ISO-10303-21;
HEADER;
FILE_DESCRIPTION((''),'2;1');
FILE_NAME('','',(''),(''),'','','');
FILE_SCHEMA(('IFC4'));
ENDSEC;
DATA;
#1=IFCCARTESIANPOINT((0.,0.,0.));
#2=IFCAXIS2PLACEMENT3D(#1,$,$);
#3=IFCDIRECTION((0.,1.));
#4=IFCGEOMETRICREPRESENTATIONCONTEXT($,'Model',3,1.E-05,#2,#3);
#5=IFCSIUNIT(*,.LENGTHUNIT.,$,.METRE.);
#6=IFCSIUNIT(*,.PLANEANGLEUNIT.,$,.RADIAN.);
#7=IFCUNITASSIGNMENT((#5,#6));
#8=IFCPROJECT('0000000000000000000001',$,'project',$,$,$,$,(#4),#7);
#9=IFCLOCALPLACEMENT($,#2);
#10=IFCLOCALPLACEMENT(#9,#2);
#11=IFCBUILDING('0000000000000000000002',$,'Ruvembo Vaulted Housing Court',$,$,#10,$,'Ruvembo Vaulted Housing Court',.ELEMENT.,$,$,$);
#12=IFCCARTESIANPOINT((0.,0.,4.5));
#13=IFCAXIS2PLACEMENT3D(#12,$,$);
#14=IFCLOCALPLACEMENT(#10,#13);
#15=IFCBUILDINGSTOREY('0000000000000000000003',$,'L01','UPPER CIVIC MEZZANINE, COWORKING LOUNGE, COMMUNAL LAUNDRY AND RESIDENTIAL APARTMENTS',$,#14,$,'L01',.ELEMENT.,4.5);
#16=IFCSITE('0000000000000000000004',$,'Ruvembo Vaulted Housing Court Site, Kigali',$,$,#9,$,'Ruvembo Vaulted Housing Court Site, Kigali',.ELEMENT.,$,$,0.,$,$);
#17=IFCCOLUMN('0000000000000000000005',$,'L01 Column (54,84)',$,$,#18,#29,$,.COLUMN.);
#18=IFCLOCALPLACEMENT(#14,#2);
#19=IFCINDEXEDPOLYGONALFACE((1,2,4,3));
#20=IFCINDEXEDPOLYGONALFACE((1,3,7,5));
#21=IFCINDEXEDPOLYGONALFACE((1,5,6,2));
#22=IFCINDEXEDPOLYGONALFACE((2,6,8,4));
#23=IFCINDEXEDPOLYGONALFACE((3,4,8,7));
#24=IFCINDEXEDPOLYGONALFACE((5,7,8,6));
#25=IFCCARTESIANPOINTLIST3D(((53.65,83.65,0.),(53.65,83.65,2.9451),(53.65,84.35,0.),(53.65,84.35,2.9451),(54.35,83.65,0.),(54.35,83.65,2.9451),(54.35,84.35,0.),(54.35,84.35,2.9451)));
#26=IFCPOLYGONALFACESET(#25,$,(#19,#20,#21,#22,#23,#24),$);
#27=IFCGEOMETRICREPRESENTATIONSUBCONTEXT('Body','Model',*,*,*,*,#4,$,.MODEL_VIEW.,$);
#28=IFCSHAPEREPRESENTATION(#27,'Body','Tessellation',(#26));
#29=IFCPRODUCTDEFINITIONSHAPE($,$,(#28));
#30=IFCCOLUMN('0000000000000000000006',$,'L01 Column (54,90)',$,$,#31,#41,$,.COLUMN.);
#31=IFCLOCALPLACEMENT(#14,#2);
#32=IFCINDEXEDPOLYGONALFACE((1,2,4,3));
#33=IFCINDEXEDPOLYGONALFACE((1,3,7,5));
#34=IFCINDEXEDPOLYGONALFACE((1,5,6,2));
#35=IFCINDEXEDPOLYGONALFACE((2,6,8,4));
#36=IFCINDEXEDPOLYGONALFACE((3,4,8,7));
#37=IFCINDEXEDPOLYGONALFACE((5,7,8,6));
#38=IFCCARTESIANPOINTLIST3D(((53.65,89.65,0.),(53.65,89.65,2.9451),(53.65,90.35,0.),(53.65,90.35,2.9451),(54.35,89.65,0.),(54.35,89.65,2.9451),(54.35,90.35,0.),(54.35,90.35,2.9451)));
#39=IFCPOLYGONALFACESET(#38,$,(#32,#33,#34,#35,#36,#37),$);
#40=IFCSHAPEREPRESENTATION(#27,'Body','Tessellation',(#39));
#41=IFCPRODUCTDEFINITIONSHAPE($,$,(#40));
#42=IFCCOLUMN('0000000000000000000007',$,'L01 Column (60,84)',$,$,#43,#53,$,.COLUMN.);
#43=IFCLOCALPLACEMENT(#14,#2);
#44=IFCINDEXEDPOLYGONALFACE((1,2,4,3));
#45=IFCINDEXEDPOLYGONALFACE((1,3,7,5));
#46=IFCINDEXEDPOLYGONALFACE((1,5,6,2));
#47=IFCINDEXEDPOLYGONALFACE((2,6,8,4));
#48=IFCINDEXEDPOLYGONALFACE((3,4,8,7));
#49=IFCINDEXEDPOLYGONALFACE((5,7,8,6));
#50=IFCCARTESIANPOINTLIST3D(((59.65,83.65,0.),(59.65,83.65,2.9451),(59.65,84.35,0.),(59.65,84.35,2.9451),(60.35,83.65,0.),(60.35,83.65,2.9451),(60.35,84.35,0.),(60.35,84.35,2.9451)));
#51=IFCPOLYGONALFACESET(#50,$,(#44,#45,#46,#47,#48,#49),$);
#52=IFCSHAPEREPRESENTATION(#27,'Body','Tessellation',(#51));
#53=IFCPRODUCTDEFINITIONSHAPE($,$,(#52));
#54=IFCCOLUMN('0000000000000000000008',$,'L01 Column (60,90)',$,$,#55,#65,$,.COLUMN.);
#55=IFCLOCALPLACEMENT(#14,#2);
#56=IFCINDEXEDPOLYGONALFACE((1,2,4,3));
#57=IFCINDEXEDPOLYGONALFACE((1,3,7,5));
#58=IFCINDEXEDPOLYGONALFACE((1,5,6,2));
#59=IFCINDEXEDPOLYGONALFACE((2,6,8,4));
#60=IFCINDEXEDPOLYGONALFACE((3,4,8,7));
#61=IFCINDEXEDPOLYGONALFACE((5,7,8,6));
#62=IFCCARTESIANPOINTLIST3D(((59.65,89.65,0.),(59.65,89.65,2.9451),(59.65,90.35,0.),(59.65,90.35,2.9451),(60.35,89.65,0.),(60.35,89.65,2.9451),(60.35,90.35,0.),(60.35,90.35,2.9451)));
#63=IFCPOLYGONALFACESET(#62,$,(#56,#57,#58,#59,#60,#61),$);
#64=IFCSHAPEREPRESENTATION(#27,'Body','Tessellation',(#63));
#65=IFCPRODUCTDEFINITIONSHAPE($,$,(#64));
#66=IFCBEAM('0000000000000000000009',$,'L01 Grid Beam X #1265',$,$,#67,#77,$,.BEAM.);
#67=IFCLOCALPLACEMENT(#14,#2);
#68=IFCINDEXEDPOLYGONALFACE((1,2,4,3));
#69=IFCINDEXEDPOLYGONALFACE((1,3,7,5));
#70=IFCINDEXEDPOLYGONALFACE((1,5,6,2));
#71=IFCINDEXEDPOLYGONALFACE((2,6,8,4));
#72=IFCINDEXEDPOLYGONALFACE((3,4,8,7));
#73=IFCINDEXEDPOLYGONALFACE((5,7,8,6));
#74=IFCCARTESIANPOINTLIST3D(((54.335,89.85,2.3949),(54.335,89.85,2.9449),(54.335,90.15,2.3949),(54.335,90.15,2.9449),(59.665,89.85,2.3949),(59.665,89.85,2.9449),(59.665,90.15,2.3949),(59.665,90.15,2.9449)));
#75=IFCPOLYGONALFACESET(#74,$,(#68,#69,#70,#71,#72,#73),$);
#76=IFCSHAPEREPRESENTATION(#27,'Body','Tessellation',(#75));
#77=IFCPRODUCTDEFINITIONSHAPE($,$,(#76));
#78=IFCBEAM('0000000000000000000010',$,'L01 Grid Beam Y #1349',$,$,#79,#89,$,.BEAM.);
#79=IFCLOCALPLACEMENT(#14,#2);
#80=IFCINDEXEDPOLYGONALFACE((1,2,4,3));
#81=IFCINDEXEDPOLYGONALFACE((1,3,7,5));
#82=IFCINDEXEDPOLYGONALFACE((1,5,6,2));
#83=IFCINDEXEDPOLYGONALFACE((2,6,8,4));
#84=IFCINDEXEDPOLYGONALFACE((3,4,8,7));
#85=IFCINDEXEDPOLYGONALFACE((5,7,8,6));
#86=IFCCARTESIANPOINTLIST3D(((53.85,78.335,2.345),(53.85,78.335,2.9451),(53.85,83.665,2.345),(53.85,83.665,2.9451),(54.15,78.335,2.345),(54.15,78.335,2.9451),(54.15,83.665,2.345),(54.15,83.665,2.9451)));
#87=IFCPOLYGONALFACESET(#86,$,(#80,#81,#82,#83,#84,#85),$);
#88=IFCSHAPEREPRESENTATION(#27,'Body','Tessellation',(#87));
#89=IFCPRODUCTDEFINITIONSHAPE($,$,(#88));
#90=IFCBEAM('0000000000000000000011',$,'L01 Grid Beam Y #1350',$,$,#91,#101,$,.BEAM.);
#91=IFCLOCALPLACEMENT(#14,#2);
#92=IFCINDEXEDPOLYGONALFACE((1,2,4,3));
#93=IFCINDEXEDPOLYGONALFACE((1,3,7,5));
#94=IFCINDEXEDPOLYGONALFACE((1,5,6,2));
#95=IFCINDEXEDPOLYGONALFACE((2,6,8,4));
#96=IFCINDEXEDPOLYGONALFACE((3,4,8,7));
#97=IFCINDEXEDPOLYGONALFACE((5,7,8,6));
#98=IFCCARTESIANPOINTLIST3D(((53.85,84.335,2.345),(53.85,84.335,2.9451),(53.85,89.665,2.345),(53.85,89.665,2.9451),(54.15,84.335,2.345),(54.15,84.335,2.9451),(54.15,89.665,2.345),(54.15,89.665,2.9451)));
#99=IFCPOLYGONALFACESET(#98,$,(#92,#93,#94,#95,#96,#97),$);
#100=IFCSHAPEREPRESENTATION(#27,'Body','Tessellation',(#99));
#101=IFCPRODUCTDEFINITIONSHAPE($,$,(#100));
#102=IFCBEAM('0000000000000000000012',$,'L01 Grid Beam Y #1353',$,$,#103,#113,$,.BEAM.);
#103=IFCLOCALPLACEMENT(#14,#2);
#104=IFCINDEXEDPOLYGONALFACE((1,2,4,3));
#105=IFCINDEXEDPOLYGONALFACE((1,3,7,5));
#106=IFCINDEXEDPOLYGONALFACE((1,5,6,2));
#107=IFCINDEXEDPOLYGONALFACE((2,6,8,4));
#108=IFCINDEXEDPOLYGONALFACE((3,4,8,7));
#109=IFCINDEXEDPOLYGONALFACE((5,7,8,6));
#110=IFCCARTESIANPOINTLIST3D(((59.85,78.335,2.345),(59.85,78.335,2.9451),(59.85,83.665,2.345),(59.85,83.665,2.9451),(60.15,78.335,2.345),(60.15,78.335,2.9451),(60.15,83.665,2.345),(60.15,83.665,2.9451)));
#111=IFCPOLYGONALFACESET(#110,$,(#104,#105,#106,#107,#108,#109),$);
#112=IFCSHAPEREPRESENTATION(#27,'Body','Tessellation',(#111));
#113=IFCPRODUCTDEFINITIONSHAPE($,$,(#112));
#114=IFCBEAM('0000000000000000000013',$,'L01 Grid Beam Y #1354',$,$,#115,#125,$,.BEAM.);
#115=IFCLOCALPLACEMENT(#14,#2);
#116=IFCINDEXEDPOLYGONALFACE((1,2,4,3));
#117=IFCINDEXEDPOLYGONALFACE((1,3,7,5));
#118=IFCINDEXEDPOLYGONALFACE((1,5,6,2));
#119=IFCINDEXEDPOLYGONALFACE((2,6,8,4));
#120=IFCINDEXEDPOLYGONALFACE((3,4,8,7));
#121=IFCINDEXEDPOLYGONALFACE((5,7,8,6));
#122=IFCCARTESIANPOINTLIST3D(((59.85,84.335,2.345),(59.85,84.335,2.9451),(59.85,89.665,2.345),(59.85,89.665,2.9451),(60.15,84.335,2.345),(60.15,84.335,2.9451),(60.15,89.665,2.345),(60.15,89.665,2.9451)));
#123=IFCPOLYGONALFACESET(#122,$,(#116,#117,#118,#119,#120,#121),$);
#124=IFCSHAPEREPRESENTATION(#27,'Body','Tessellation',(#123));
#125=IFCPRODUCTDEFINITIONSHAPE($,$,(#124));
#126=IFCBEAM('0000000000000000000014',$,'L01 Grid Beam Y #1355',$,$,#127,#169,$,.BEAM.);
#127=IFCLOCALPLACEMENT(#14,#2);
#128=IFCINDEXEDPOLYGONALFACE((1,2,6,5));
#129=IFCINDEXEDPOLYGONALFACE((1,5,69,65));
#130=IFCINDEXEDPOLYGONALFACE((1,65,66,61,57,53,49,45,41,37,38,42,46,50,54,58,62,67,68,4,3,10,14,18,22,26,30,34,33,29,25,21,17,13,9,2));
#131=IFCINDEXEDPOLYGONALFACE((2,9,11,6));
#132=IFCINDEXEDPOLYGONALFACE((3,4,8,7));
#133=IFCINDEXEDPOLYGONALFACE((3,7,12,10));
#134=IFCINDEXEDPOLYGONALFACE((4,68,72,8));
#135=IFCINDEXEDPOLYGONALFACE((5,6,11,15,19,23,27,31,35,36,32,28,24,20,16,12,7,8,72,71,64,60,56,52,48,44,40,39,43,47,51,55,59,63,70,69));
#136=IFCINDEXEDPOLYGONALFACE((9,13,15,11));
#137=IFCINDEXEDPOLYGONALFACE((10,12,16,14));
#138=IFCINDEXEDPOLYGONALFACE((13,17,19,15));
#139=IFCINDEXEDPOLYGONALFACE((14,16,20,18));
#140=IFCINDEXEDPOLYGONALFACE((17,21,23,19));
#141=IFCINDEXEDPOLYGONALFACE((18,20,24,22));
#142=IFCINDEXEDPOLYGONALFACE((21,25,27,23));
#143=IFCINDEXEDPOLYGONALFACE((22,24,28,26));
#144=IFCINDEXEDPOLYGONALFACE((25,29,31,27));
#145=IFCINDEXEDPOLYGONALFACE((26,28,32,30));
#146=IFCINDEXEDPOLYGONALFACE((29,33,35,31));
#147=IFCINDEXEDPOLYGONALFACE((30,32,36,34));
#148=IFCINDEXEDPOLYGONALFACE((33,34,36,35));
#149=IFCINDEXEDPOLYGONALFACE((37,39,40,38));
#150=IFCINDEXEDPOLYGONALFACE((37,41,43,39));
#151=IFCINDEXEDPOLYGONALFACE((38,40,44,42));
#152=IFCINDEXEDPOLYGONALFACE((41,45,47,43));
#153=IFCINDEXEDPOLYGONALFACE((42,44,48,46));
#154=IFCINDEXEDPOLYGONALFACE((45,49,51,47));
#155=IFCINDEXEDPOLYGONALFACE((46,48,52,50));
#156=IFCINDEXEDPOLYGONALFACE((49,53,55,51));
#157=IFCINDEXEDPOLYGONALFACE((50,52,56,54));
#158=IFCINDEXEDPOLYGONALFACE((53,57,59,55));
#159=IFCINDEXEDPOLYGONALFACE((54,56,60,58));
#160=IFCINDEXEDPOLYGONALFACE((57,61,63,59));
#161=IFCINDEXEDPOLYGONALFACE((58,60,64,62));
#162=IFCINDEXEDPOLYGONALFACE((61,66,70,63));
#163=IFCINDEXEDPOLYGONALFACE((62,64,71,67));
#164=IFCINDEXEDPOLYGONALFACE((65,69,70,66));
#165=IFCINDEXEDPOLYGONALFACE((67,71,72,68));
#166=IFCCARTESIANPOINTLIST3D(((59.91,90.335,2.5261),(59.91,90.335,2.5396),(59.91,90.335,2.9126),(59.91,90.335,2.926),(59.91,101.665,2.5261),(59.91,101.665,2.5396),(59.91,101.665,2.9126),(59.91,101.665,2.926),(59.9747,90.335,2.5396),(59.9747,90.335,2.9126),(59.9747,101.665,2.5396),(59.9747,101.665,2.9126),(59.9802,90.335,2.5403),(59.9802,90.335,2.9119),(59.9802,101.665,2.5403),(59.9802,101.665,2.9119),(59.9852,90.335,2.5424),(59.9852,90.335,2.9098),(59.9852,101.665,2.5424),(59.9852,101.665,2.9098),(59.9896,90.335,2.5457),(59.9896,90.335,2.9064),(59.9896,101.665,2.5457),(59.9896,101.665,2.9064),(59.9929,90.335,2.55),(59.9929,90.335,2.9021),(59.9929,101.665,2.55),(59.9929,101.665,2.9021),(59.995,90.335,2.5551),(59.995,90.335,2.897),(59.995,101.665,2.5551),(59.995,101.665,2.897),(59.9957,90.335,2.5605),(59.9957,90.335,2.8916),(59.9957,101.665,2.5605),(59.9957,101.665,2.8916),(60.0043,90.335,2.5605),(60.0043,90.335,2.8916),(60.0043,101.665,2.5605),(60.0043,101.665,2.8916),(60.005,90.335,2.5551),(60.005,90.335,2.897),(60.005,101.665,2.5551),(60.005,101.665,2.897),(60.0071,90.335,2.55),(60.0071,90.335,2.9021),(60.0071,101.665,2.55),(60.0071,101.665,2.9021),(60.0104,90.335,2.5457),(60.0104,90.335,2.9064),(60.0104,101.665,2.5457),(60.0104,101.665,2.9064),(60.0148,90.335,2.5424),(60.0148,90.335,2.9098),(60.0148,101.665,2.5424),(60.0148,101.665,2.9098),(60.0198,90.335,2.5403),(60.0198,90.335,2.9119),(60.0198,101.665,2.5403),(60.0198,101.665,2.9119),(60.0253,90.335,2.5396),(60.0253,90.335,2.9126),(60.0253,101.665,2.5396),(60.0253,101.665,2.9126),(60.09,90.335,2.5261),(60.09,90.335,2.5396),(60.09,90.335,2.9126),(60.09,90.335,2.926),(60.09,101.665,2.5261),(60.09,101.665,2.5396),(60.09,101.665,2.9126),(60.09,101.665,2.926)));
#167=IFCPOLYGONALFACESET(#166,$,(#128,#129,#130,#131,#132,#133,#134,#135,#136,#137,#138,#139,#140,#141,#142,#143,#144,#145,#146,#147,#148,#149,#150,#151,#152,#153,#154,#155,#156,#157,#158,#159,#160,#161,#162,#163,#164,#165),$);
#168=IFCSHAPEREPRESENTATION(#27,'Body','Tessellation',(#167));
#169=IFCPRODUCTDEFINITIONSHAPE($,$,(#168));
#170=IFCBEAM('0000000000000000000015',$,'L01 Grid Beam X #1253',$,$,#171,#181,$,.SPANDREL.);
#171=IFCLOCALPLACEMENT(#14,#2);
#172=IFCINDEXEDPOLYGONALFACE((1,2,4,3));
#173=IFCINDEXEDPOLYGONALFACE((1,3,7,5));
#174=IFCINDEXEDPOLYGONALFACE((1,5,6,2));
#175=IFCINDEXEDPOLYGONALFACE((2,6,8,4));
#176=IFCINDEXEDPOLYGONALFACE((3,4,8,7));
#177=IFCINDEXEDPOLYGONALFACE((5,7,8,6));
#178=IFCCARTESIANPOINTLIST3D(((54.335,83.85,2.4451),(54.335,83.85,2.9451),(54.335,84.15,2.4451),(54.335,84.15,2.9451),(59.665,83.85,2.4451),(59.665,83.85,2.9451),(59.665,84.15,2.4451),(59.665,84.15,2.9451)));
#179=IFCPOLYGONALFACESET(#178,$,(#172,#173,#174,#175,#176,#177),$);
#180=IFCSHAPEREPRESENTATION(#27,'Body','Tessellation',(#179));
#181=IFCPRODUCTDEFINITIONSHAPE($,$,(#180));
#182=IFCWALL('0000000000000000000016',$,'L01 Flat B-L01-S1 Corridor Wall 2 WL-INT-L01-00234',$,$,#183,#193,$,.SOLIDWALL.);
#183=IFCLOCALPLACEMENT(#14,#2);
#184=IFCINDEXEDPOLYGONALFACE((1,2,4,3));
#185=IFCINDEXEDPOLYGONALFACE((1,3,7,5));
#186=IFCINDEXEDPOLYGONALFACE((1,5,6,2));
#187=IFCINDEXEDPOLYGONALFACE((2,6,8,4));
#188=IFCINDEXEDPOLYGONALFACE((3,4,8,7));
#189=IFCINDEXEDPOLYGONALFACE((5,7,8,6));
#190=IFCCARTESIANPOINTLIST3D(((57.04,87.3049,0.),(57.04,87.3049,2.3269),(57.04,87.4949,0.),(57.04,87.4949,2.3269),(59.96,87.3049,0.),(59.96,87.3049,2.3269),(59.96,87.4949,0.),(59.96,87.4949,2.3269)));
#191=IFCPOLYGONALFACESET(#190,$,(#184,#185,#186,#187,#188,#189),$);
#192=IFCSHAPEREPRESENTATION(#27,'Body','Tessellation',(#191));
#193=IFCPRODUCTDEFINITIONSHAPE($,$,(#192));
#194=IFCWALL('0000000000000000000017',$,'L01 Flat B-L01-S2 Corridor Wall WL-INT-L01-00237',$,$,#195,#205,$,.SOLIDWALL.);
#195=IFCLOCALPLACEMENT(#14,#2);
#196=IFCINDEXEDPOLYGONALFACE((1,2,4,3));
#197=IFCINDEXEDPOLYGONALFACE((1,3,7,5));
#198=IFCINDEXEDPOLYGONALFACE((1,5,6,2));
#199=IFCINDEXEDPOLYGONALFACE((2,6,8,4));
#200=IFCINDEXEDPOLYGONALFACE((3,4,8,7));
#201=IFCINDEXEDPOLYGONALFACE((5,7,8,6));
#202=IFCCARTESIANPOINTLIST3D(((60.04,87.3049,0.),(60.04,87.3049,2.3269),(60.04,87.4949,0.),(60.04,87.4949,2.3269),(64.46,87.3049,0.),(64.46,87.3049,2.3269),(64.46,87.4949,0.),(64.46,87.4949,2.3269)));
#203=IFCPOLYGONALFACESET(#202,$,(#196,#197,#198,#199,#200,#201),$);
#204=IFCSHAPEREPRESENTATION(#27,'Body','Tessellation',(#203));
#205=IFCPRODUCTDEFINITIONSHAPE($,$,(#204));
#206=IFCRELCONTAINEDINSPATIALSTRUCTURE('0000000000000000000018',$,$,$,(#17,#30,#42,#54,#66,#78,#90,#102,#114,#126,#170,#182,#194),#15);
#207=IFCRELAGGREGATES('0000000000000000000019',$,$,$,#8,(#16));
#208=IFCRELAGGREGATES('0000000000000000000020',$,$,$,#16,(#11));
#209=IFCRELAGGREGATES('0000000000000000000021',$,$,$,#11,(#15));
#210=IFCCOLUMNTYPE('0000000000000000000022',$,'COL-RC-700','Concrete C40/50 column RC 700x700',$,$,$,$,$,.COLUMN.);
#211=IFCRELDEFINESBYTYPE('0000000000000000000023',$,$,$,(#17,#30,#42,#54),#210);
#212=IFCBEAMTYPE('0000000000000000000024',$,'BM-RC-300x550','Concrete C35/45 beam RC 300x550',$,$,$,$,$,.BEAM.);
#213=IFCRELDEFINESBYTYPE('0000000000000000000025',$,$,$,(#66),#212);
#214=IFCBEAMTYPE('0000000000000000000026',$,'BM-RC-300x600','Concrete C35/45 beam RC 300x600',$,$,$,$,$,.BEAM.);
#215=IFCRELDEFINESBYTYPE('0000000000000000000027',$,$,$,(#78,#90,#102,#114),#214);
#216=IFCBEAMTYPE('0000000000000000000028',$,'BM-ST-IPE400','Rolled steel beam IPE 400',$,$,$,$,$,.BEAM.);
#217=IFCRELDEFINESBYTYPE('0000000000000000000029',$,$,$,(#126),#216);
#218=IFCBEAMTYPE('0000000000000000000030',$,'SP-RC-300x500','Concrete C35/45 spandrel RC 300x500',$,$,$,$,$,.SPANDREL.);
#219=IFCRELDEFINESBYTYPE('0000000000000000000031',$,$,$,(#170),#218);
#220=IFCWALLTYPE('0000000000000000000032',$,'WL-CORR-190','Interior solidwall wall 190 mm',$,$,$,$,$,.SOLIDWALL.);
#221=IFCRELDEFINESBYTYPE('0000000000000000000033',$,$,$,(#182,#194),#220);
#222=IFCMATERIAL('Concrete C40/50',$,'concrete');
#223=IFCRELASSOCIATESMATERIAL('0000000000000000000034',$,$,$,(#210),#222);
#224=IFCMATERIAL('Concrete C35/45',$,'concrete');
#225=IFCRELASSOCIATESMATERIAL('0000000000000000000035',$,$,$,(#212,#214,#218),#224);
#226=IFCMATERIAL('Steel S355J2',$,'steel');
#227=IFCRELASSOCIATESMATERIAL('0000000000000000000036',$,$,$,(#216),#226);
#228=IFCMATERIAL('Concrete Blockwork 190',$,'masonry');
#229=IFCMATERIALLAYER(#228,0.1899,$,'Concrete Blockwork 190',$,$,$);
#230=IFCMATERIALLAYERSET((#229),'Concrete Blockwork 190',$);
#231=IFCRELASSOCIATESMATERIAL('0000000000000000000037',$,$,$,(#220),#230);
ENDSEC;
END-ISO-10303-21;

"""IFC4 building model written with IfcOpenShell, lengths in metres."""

from ifc_helpers import new_model, si_unit, direction, frame, frame_2d, origin, origin_2d, place, context, subcontext, project, spatial, rectangle, i_section, extrude, material, layer, layer_set, material_profile, profile_set, type_object, element, save


model = new_model("IFC4")

# Units and contexts
model_context = context("Model", 3, precision=1e-05, world=origin(), true_north=direction((0.0, 1.0)))
body_context = subcontext(model_context, "Body", "Model", "MODEL_VIEW")
ifc_project = project(units=[si_unit("LENGTHUNIT", "METRE"), si_unit("PLANEANGLEUNIT", "RADIAN")], contexts=[model_context])

# Site, building, storey
site_placement = place(None, origin())
site = spatial("IfcSite", under=ifc_project, at=site_placement, Name="Ruvembo Vaulted Housing Court Site, Kigali", LongName="Ruvembo Vaulted Housing Court Site, Kigali", CompositionType="ELEMENT", RefElevation=0.0)
building_placement = place(site_placement, origin())
building = spatial("IfcBuilding", under=site, at=building_placement, Name="Ruvembo Vaulted Housing Court", LongName="Ruvembo Vaulted Housing Court", CompositionType="ELEMENT")
storey_placement = place(building_placement, frame((0.0, 0.0, 4.5)))
storey = spatial("IfcBuildingStorey", under=building, at=storey_placement, Name="L01", Description="UPPER CIVIC MEZZANINE, COWORKING LOUNGE, COMMUNAL LAUNDRY AND RESIDENTIAL APARTMENTS", LongName="L01", CompositionType="ELEMENT", Elevation=4.5)

# Columns
ifc_material_1 = material(Name="Concrete C40/50", Category="concrete")
ifc_material_profile_1 = material_profile(ifc_material_1, rectangle(XDim=0.7, YDim=0.7, at=origin_2d()), Name="RC 700x700")
ifc_profile_set_1 = profile_set([ifc_material_profile_1], Name="Concrete C40/50")
column_type = type_object("IfcColumnType", Name="COL-RC-700", Description="Concrete C40/50 column RC 700x700", PredefinedType="COLUMN", material=ifc_profile_set_1)
for number, where, z_axis, x_axis, name in (
    (1, (54.0, 84.0, 0.0), (0.0, 0.0, 1.0), (1.0, 0.0, 0.0), "L01 Column (54,84)"),
    (2, (54.0, 90.0, 0.0), (0.0, 0.0, 1.0), (1.0, 0.0, 0.0), "L01 Column (54,90)"),
    (3, (60.0, 84.0, 0.0), (0.0, 0.0, 1.0), (1.0, 0.0, 0.0), "L01 Column (60,84)"),
    (4, (60.0, 90.0, 0.0), (0.0, 0.0, 1.0), (1.0, 0.0, 0.0), "L01 Column (60,90)"),
):
    element("IfcColumn", number, at=place(storey_placement, frame(where, z_axis=z_axis, x_axis=x_axis)), inside=storey, type_object=column_type, Name=name, PredefinedType="COLUMN", context=body_context, shape_type="SweptSolid", body=[
        extrude(rectangle(XDim=0.7, YDim=0.7, at=origin_2d()), origin(), (0.0, 0.0, 1.0), 2.9451),
    ])

# Beams
ifc_material_2 = material(Name="Concrete C35/45", Category="concrete")
ifc_material_profile_2 = material_profile(ifc_material_2, rectangle(XDim=0.3, YDim=0.55, at=origin_2d()), Name="RC 300x550")
ifc_profile_set_2 = profile_set([ifc_material_profile_2], Name="Concrete C35/45")
beam_type_1 = type_object("IfcBeamType", Name="BM-RC-300x550", Description="Concrete C35/45 beam RC 300x550", PredefinedType="BEAM", material=ifc_profile_set_2)
beam_1_placement = place(storey_placement, frame((54.335, 90.0, 2.6699), z_axis=(1.0, 0.0, 0.0), x_axis=(0.0, 1.0, 0.0)))
element("IfcBeam", 5, at=beam_1_placement, inside=storey, type_object=beam_type_1, Name="L01 Grid Beam X #1265", PredefinedType="BEAM", context=body_context, shape_type="SweptSolid", body=[
    extrude(rectangle(XDim=0.3, YDim=0.55, at=origin_2d()), origin(), (0.0, 0.0, 1.0), 5.3301),
])
ifc_material_profile_3 = material_profile(ifc_material_2, rectangle(XDim=0.3, YDim=0.6001, at=origin_2d()), Name="RC 300x600")
ifc_profile_set_3 = profile_set([ifc_material_profile_3], Name="Concrete C35/45")
beam_type_2 = type_object("IfcBeamType", Name="BM-RC-300x600", Description="Concrete C35/45 beam RC 300x600", PredefinedType="BEAM", material=ifc_profile_set_3)
for number, where, z_axis, x_axis, name in (
    (6, (54.0, 78.335, 2.645), (0.0, 1.0, 0.0), (-1.0, 0.0, 0.0), "L01 Grid Beam Y #1349"),
    (7, (54.0, 84.335, 2.645), (0.0, 1.0, 0.0), (-1.0, 0.0, 0.0), "L01 Grid Beam Y #1350"),
    (8, (60.0, 78.335, 2.645), (0.0, 1.0, 0.0), (-1.0, 0.0, 0.0), "L01 Grid Beam Y #1353"),
    (9, (60.0, 84.335, 2.645), (0.0, 1.0, 0.0), (-1.0, 0.0, 0.0), "L01 Grid Beam Y #1354"),
):
    element("IfcBeam", number, at=place(storey_placement, frame(where, z_axis=z_axis, x_axis=x_axis)), inside=storey, type_object=beam_type_2, Name=name, PredefinedType="BEAM", context=body_context, shape_type="SweptSolid", body=[
        extrude(rectangle(XDim=0.3, YDim=0.6001, at=origin_2d()), origin(), (0.0, 0.0, 1.0), 5.3301),
    ])
ifc_material_3 = material(Name="Steel S355J2", Category="steel")
ifc_material_profile_4 = material_profile(ifc_material_3, i_section(OverallWidth=0.1799, OverallDepth=0.3999, WebThickness=0.0085, FlangeThickness=0.0134, FilletRadius=0.021, at=origin_2d()), Name="IPE 400")
ifc_profile_set_4 = profile_set([ifc_material_profile_4], Name="Steel S355J2")
beam_type_3 = type_object("IfcBeamType", Name="BM-ST-IPE400", Description="Rolled steel beam IPE 400", PredefinedType="BEAM", material=ifc_profile_set_4)
beam_2_placement = place(storey_placement, frame((60.0, 90.335, 2.7261), z_axis=(0.0, 1.0, 0.0), x_axis=(-1.0, 0.0, 0.0)))
element("IfcBeam", 10, at=beam_2_placement, inside=storey, type_object=beam_type_3, Name="L01 Grid Beam Y #1355", PredefinedType="BEAM", context=body_context, shape_type="SweptSolid", body=[
    extrude(i_section(OverallWidth=0.1799, OverallDepth=0.3999, WebThickness=0.0085, FlangeThickness=0.0134, FilletRadius=0.021, at=origin_2d()), origin(), (0.0, 0.0, 1.0), 11.3301),
])
ifc_material_profile_5 = material_profile(ifc_material_2, rectangle(XDim=0.3, YDim=0.5, at=origin_2d()), Name="RC 300x500")
ifc_profile_set_5 = profile_set([ifc_material_profile_5], Name="Concrete C35/45")
beam_type_4 = type_object("IfcBeamType", Name="SP-RC-300x500", Description="Concrete C35/45 spandrel RC 300x500", PredefinedType="SPANDREL", material=ifc_profile_set_5)
beam_3_placement = place(storey_placement, frame((54.335, 84.0, 2.6951), z_axis=(1.0, 0.0, 0.0), x_axis=(0.0, 1.0, 0.0)))
element("IfcBeam", 11, at=beam_3_placement, inside=storey, type_object=beam_type_4, Name="L01 Grid Beam X #1253", PredefinedType="SPANDREL", context=body_context, shape_type="SweptSolid", body=[
    extrude(rectangle(XDim=0.3, YDim=0.5, at=origin_2d()), origin(), (0.0, 0.0, 1.0), 5.3301),
])

# Shared definitions
ifc_material_4 = material(Name="Concrete Blockwork 190", Category="masonry")
ifc_layer_1 = layer(ifc_material_4, 0.1899, Name="Concrete Blockwork 190")
ifc_layer_set_1 = layer_set([ifc_layer_1], Name="Concrete Blockwork 190")
wall_type_1 = type_object("IfcWallType", Name="WL-CORR-190", Description="Interior solidwall wall 190 mm", PredefinedType="SOLIDWALL", material=ifc_layer_set_1)

# Walls
wall_1_placement = place(storey_placement, frame((57.04, 87.3999, 0.0), z_axis=(0.0, 0.0, 1.0), x_axis=(1.0, 0.0, 0.0)))
element("IfcWall", 12, at=wall_1_placement, inside=storey, type_object=wall_type_1, Name="L01 Flat B-L01-S1 Corridor Wall 2 WL-INT-L01-00234", PredefinedType="SOLIDWALL", context=body_context, shape_type="SweptSolid", body=[
    extrude(rectangle(XDim=2.9199, YDim=0.1899, at=frame_2d((1.46, 0.0))), origin(), (0.0, 0.0, 1.0), 2.3269),
])
wall_2_placement = place(storey_placement, frame((60.04, 87.3999, 0.0), z_axis=(0.0, 0.0, 1.0), x_axis=(1.0, 0.0, 0.0)))
element("IfcWall", 13, at=wall_2_placement, inside=storey, type_object=wall_type_1, Name="L01 Flat B-L01-S2 Corridor Wall WL-INT-L01-00237", PredefinedType="SOLIDWALL", context=body_context, shape_type="SweptSolid", body=[
    extrude(rectangle(XDim=4.4199, YDim=0.1899, at=frame_2d((2.21, 0.0))), origin(), (0.0, 0.0, 1.0), 2.3269),
])

save(model, "model.ifc")
